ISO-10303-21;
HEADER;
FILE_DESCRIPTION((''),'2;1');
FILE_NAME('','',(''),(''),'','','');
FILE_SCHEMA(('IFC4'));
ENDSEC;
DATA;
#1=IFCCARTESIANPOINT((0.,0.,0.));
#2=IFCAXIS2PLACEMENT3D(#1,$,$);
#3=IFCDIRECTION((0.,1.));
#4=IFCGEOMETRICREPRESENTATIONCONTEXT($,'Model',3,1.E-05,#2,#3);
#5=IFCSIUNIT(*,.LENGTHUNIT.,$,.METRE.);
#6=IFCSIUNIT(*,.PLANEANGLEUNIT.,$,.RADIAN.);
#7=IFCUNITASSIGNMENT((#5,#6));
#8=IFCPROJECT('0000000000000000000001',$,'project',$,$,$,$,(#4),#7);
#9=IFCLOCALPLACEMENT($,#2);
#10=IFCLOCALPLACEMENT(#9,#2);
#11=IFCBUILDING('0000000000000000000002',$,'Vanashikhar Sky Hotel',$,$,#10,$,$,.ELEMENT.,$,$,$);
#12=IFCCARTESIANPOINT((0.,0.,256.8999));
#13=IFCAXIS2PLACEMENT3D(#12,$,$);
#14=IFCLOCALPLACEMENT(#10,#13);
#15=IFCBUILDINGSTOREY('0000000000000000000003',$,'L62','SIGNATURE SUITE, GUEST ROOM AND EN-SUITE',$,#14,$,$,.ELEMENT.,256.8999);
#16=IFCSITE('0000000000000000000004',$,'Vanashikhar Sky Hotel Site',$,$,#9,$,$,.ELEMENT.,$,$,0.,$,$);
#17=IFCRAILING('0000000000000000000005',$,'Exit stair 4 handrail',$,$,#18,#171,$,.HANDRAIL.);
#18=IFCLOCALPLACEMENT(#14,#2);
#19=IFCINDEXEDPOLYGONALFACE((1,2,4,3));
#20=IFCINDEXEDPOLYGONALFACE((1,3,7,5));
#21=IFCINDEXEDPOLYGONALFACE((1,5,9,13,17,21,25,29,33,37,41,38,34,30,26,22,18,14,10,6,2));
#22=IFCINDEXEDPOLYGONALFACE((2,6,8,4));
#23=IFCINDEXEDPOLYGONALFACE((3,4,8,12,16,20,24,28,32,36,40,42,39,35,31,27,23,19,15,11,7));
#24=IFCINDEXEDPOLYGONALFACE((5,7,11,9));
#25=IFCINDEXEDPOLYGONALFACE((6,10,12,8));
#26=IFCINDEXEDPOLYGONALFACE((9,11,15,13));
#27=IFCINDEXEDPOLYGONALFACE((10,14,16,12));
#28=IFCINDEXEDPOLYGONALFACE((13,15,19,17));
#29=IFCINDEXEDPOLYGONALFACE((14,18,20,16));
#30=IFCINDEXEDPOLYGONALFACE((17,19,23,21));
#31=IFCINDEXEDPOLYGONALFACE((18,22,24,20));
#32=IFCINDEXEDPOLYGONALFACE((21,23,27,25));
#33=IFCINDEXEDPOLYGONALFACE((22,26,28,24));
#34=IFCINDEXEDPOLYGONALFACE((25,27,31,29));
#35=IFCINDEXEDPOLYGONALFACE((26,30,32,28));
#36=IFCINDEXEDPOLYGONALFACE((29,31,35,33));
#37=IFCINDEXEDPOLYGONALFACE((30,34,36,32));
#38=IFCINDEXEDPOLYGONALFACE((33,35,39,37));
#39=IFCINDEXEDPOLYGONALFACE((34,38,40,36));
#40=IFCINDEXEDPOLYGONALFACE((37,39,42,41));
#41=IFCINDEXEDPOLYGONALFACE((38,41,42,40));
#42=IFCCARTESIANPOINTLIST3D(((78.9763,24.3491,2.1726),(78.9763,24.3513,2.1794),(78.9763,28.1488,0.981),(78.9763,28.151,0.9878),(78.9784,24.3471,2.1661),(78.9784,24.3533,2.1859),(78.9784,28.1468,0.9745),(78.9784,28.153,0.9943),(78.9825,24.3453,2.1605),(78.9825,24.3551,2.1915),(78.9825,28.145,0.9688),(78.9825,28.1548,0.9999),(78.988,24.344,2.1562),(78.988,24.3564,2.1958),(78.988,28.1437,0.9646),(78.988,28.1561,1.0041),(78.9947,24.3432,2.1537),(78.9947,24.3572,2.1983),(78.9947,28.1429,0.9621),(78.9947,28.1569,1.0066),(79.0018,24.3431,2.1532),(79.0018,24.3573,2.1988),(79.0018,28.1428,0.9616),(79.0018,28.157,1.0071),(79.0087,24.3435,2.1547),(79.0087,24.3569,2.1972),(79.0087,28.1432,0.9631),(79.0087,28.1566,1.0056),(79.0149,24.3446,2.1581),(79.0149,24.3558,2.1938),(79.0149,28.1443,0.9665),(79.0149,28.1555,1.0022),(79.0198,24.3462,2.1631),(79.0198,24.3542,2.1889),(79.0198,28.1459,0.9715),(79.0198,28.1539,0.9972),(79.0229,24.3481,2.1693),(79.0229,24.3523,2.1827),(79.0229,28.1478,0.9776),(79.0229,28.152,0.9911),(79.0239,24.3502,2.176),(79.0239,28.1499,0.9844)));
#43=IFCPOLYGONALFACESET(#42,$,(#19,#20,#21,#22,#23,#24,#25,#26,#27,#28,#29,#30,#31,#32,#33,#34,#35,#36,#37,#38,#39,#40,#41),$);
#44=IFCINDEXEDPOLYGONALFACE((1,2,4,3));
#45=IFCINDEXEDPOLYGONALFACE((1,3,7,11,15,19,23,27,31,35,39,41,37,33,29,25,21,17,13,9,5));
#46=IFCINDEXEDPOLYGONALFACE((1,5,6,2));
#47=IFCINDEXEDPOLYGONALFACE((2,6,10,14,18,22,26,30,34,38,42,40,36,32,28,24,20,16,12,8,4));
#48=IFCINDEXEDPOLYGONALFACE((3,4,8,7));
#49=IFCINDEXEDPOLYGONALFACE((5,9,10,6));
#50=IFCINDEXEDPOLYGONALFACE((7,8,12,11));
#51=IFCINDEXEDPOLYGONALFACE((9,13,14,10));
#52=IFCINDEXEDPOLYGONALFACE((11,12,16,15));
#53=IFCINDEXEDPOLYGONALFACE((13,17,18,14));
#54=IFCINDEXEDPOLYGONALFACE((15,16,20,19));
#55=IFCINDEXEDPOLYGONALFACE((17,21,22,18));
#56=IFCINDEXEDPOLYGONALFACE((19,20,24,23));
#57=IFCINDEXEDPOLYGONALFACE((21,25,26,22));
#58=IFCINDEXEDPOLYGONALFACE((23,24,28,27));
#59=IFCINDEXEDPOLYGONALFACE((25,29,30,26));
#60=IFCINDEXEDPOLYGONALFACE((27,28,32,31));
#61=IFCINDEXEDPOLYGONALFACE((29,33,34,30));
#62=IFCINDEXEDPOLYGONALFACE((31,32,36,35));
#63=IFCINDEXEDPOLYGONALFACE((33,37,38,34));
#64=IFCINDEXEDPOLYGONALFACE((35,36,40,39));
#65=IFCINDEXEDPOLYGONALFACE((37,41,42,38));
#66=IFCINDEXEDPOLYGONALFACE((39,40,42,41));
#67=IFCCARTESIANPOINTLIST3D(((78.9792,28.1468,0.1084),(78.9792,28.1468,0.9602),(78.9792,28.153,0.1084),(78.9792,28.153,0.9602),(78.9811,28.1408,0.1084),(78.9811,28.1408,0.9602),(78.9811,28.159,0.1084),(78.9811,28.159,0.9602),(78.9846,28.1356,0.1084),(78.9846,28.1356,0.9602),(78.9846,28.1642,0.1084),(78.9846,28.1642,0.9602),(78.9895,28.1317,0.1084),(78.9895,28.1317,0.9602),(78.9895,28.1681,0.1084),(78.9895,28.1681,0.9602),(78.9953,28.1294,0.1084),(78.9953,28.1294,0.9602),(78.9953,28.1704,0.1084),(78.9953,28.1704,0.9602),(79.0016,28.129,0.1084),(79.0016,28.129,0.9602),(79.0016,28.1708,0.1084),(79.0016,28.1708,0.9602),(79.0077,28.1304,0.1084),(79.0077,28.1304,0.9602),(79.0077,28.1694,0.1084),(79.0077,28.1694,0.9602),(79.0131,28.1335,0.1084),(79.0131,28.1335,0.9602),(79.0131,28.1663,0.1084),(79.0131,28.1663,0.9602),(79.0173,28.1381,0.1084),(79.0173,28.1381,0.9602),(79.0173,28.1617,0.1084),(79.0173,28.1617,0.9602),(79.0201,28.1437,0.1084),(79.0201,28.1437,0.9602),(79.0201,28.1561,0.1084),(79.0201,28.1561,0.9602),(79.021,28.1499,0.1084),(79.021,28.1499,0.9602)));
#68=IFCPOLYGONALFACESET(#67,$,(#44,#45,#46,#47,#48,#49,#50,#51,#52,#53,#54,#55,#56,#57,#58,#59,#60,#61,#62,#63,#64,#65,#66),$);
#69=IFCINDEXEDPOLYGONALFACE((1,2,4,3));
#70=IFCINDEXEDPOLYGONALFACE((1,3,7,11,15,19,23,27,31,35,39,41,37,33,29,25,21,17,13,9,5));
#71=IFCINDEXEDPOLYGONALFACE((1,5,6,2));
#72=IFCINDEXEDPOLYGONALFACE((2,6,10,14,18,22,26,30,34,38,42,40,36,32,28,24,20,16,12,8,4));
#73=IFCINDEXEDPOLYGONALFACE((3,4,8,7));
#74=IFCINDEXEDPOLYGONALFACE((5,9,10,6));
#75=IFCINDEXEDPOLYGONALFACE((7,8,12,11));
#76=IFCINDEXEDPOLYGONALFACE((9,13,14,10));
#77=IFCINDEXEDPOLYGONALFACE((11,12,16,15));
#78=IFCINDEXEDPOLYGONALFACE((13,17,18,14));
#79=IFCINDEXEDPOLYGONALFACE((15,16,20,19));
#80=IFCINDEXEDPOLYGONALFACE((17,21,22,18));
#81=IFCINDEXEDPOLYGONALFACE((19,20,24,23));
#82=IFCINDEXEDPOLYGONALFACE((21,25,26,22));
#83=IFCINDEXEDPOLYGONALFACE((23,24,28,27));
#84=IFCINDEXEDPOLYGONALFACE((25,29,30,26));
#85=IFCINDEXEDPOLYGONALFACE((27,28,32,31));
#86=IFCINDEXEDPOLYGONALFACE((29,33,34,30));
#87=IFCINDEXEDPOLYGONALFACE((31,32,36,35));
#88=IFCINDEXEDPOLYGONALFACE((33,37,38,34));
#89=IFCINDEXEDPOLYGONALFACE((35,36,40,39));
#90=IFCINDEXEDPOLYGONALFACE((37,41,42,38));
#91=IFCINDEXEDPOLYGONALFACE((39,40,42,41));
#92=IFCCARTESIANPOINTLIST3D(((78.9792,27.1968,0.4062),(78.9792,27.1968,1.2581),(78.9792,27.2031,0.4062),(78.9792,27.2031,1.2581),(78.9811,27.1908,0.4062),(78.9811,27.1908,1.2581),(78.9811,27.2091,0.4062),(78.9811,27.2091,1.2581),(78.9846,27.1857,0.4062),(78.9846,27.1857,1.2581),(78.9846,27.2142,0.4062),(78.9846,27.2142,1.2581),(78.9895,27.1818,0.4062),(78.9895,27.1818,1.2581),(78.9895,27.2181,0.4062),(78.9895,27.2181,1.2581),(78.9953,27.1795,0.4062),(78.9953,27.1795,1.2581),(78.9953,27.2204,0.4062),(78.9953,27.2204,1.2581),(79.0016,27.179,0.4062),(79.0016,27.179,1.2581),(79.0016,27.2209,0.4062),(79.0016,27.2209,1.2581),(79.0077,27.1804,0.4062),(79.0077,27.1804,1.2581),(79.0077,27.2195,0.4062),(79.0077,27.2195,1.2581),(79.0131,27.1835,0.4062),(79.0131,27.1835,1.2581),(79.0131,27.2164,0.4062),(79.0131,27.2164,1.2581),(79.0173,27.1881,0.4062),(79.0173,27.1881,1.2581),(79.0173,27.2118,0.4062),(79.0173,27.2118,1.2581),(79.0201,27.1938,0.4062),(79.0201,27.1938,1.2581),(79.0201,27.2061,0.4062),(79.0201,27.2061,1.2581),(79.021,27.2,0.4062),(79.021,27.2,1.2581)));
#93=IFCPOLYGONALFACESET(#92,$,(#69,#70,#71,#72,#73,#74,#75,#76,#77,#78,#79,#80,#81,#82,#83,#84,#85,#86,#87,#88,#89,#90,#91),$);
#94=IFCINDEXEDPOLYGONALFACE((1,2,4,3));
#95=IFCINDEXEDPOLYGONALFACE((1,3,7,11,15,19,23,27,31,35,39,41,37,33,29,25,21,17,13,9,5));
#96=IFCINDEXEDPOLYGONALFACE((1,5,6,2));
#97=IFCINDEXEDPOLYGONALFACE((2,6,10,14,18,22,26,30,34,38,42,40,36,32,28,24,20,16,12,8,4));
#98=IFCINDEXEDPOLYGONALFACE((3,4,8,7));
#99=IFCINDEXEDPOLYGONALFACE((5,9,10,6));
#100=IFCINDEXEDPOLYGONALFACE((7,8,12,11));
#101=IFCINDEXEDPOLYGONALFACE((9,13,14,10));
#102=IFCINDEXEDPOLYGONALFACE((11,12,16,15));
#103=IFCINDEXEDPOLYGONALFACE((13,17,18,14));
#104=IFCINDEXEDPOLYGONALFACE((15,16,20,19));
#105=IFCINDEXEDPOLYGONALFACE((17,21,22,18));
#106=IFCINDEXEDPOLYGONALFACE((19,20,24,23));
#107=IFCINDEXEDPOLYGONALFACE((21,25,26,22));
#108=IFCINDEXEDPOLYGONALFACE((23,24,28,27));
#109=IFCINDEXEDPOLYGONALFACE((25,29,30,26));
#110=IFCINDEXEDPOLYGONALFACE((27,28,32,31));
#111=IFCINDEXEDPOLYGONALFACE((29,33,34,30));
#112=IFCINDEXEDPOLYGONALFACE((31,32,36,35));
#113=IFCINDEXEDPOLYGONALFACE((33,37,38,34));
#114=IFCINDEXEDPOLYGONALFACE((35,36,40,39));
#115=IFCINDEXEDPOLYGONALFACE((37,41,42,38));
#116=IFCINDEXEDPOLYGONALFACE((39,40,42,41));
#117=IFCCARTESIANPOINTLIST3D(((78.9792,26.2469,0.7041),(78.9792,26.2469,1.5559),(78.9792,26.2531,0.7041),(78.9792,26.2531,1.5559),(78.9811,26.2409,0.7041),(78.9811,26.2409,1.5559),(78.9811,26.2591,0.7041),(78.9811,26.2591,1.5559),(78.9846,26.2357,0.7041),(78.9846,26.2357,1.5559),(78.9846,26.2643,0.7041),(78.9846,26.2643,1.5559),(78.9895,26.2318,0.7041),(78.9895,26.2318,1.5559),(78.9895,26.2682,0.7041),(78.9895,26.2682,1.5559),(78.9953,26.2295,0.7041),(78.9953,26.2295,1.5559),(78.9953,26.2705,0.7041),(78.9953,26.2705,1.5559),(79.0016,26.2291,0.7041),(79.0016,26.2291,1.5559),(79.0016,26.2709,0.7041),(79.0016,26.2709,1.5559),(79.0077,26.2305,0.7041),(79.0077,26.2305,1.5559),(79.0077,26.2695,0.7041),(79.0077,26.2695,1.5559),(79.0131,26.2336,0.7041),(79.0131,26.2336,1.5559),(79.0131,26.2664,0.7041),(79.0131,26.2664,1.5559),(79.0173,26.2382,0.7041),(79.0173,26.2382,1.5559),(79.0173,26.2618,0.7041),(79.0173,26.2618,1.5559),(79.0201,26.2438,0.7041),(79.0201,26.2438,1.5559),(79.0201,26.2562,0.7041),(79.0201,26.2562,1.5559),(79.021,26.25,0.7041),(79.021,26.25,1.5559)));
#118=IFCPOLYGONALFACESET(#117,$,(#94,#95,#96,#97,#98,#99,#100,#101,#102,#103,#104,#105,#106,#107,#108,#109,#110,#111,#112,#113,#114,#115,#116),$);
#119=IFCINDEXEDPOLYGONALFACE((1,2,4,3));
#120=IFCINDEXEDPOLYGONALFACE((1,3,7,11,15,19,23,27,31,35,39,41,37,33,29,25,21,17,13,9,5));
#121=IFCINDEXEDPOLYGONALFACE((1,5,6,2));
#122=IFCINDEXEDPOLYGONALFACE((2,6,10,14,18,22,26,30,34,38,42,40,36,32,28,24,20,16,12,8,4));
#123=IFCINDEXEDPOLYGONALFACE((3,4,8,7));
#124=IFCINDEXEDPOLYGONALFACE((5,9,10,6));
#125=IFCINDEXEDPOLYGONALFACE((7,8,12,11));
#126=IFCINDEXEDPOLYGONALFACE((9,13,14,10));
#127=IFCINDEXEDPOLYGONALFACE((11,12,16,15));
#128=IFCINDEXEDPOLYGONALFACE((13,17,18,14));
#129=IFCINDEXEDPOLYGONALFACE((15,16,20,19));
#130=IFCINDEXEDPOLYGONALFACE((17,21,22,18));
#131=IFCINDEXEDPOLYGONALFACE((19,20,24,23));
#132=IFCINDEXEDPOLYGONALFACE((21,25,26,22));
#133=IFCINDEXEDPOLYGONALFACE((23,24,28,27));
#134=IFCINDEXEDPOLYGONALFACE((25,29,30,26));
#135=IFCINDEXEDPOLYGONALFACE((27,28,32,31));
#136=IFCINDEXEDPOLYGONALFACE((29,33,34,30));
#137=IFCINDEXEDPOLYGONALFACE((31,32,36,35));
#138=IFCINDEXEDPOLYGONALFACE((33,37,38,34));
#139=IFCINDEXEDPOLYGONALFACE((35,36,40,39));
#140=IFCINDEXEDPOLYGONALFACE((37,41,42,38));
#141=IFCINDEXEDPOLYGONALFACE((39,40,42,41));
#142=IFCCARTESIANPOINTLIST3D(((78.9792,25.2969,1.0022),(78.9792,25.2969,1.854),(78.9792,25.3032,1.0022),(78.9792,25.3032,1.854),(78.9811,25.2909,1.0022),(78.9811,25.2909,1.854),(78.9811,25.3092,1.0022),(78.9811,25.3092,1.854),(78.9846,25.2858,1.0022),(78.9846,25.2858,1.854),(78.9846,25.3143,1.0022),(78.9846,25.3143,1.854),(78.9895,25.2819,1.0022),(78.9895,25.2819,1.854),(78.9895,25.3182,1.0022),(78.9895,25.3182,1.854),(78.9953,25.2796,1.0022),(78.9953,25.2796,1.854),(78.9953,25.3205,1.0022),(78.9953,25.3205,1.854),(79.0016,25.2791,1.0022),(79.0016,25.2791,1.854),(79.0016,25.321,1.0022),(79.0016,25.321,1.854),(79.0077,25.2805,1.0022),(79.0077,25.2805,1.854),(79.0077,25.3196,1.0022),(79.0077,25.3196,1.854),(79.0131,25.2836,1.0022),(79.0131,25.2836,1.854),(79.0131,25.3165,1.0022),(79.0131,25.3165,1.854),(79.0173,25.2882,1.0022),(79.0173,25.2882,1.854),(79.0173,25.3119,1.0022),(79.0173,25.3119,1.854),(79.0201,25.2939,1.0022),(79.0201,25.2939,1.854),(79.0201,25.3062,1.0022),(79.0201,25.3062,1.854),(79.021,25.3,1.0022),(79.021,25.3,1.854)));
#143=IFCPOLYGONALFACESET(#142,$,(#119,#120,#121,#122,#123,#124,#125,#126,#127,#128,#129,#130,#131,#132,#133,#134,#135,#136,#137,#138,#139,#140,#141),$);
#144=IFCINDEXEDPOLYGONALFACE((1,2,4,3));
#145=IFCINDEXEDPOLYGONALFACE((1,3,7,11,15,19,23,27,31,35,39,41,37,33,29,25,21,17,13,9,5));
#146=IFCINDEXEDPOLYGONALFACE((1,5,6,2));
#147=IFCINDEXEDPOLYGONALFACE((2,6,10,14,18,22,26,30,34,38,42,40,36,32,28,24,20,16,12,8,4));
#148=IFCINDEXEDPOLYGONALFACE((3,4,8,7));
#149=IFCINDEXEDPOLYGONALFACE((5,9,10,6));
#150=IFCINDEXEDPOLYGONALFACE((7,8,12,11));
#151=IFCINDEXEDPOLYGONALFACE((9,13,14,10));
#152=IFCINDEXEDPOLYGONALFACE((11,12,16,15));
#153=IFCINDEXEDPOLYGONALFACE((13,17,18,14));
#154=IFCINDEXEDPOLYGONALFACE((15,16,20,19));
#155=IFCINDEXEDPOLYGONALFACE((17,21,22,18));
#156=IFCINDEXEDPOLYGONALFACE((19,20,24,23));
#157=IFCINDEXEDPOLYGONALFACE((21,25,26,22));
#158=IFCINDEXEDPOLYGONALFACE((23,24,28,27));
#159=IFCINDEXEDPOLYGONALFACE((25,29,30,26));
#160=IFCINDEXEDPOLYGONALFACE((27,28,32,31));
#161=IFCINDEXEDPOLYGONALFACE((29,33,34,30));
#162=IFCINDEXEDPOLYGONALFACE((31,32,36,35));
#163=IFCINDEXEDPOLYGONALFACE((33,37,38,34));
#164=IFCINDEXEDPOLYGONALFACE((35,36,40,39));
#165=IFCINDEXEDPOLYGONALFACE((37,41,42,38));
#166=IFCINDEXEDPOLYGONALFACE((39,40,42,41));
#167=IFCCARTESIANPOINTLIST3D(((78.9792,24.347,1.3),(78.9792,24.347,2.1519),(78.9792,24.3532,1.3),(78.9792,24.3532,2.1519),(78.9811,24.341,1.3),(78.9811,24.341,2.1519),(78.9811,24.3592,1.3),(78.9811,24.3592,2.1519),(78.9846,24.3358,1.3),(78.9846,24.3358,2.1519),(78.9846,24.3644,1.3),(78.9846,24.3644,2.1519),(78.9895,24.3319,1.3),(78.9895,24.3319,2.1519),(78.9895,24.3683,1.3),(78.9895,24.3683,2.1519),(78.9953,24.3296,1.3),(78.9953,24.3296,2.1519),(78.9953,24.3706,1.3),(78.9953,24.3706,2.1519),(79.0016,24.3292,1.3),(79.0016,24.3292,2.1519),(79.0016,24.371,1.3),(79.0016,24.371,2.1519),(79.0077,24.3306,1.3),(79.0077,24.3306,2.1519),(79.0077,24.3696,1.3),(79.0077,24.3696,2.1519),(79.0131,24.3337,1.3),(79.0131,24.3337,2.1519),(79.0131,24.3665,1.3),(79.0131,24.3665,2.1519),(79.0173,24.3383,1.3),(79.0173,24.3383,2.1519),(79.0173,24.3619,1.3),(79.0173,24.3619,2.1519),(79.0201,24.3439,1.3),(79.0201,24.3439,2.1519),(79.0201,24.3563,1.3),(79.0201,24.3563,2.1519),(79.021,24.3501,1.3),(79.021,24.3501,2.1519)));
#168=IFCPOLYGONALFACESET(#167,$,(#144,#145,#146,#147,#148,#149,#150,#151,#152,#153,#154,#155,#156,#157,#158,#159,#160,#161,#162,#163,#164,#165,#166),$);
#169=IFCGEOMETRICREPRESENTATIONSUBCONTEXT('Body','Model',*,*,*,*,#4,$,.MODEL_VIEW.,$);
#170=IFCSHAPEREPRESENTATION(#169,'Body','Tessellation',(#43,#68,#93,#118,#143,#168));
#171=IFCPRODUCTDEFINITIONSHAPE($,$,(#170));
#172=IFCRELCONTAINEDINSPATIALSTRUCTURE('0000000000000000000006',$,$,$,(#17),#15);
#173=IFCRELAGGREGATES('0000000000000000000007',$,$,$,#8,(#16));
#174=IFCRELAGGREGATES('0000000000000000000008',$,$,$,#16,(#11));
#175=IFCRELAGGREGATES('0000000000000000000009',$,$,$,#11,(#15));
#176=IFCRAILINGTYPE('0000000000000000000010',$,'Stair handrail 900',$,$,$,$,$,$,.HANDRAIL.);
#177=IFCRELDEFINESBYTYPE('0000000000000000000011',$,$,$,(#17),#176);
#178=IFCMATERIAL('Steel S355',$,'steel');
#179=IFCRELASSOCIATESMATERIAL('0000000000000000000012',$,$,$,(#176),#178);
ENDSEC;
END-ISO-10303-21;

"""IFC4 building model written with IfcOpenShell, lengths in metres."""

from ifc_helpers import new_model, si_unit, direction, frame, origin, origin_2d, place, context, subcontext, project, spatial, circle, extrude, source, transform, mapped, material, type_object, element, save


model = new_model("IFC4")

# Units and contexts
model_context = context("Model", 3, precision=1e-05, world=origin(), true_north=direction((0.0, 1.0)))
body_context = subcontext(model_context, "Body", "Model", "MODEL_VIEW")
ifc_project = project(units=[si_unit("LENGTHUNIT", "METRE"), si_unit("PLANEANGLEUNIT", "RADIAN")], contexts=[model_context])

# Site, building, storey
site_placement = place(None, origin())
site = spatial("IfcSite", under=ifc_project, at=site_placement, Name="Vanashikhar Sky Hotel Site", CompositionType="ELEMENT", RefElevation=0.0)
building_placement = place(site_placement, origin())
building = spatial("IfcBuilding", under=site, at=building_placement, Name="Vanashikhar Sky Hotel", CompositionType="ELEMENT")
storey_placement = place(building_placement, frame((0.0, 0.0, 256.8999)))
storey = spatial("IfcBuildingStorey", under=building, at=storey_placement, Name="L62", Description="SIGNATURE SUITE, GUEST ROOM AND EN-SUITE", CompositionType="ELEMENT", Elevation=256.8999)

# Railing
ifc_material_1 = material(Name="Steel S355", Category="steel")
railing_type_1 = type_object("IfcRailingType", Name="Stair handrail 900", PredefinedType="HANDRAIL", material=ifc_material_1)
shared_shape_1 = source(origin(), body_context, "Body", "SweptSolid", [
    extrude(circle(Radius=0.0239, at=origin_2d()), frame((0.0, 0.0, 0.876), z_axis=(0.0, -0.954178, 0.299238), x_axis=(1.0, 0.0, 0.0)), (0.0, 0.0, 1.0), 3.9822),
    extrude(circle(Radius=0.021, at=origin_2d()), origin(), (0.0, 0.0, 1.0), 0.8518),
    extrude(circle(Radius=0.021, at=origin_2d()), frame((0.0, -0.95, 0.2979)), (0.0, 0.0, 1.0), 0.8518),
    extrude(circle(Radius=0.021, at=origin_2d()), frame((0.0, -1.8999, 0.5957)), (0.0, 0.0, 1.0), 0.8518),
    extrude(circle(Radius=0.021, at=origin_2d()), frame((0.0, -2.8499, 0.8938)), (0.0, 0.0, 1.0), 0.8518),
    extrude(circle(Radius=0.021, at=origin_2d()), frame((0.0, -3.7998, 1.1917)), (0.0, 0.0, 1.0), 0.8518),
])
for number, where, name in (
    (1, (79.0, 28.1499, 0.1084), "Exit stair 4 handrail"),
):
    element("IfcRailing", number, at=place(storey_placement, frame(where)), inside=storey, type_object=railing_type_1, Name=name, PredefinedType="HANDRAIL", context=body_context, shape_type="MappedRepresentation", body=[
        mapped(shared_shape_1, transform((0.0, 0.0, 0.0), scale=1.0)),
    ])

save(model, "model.ifc")
